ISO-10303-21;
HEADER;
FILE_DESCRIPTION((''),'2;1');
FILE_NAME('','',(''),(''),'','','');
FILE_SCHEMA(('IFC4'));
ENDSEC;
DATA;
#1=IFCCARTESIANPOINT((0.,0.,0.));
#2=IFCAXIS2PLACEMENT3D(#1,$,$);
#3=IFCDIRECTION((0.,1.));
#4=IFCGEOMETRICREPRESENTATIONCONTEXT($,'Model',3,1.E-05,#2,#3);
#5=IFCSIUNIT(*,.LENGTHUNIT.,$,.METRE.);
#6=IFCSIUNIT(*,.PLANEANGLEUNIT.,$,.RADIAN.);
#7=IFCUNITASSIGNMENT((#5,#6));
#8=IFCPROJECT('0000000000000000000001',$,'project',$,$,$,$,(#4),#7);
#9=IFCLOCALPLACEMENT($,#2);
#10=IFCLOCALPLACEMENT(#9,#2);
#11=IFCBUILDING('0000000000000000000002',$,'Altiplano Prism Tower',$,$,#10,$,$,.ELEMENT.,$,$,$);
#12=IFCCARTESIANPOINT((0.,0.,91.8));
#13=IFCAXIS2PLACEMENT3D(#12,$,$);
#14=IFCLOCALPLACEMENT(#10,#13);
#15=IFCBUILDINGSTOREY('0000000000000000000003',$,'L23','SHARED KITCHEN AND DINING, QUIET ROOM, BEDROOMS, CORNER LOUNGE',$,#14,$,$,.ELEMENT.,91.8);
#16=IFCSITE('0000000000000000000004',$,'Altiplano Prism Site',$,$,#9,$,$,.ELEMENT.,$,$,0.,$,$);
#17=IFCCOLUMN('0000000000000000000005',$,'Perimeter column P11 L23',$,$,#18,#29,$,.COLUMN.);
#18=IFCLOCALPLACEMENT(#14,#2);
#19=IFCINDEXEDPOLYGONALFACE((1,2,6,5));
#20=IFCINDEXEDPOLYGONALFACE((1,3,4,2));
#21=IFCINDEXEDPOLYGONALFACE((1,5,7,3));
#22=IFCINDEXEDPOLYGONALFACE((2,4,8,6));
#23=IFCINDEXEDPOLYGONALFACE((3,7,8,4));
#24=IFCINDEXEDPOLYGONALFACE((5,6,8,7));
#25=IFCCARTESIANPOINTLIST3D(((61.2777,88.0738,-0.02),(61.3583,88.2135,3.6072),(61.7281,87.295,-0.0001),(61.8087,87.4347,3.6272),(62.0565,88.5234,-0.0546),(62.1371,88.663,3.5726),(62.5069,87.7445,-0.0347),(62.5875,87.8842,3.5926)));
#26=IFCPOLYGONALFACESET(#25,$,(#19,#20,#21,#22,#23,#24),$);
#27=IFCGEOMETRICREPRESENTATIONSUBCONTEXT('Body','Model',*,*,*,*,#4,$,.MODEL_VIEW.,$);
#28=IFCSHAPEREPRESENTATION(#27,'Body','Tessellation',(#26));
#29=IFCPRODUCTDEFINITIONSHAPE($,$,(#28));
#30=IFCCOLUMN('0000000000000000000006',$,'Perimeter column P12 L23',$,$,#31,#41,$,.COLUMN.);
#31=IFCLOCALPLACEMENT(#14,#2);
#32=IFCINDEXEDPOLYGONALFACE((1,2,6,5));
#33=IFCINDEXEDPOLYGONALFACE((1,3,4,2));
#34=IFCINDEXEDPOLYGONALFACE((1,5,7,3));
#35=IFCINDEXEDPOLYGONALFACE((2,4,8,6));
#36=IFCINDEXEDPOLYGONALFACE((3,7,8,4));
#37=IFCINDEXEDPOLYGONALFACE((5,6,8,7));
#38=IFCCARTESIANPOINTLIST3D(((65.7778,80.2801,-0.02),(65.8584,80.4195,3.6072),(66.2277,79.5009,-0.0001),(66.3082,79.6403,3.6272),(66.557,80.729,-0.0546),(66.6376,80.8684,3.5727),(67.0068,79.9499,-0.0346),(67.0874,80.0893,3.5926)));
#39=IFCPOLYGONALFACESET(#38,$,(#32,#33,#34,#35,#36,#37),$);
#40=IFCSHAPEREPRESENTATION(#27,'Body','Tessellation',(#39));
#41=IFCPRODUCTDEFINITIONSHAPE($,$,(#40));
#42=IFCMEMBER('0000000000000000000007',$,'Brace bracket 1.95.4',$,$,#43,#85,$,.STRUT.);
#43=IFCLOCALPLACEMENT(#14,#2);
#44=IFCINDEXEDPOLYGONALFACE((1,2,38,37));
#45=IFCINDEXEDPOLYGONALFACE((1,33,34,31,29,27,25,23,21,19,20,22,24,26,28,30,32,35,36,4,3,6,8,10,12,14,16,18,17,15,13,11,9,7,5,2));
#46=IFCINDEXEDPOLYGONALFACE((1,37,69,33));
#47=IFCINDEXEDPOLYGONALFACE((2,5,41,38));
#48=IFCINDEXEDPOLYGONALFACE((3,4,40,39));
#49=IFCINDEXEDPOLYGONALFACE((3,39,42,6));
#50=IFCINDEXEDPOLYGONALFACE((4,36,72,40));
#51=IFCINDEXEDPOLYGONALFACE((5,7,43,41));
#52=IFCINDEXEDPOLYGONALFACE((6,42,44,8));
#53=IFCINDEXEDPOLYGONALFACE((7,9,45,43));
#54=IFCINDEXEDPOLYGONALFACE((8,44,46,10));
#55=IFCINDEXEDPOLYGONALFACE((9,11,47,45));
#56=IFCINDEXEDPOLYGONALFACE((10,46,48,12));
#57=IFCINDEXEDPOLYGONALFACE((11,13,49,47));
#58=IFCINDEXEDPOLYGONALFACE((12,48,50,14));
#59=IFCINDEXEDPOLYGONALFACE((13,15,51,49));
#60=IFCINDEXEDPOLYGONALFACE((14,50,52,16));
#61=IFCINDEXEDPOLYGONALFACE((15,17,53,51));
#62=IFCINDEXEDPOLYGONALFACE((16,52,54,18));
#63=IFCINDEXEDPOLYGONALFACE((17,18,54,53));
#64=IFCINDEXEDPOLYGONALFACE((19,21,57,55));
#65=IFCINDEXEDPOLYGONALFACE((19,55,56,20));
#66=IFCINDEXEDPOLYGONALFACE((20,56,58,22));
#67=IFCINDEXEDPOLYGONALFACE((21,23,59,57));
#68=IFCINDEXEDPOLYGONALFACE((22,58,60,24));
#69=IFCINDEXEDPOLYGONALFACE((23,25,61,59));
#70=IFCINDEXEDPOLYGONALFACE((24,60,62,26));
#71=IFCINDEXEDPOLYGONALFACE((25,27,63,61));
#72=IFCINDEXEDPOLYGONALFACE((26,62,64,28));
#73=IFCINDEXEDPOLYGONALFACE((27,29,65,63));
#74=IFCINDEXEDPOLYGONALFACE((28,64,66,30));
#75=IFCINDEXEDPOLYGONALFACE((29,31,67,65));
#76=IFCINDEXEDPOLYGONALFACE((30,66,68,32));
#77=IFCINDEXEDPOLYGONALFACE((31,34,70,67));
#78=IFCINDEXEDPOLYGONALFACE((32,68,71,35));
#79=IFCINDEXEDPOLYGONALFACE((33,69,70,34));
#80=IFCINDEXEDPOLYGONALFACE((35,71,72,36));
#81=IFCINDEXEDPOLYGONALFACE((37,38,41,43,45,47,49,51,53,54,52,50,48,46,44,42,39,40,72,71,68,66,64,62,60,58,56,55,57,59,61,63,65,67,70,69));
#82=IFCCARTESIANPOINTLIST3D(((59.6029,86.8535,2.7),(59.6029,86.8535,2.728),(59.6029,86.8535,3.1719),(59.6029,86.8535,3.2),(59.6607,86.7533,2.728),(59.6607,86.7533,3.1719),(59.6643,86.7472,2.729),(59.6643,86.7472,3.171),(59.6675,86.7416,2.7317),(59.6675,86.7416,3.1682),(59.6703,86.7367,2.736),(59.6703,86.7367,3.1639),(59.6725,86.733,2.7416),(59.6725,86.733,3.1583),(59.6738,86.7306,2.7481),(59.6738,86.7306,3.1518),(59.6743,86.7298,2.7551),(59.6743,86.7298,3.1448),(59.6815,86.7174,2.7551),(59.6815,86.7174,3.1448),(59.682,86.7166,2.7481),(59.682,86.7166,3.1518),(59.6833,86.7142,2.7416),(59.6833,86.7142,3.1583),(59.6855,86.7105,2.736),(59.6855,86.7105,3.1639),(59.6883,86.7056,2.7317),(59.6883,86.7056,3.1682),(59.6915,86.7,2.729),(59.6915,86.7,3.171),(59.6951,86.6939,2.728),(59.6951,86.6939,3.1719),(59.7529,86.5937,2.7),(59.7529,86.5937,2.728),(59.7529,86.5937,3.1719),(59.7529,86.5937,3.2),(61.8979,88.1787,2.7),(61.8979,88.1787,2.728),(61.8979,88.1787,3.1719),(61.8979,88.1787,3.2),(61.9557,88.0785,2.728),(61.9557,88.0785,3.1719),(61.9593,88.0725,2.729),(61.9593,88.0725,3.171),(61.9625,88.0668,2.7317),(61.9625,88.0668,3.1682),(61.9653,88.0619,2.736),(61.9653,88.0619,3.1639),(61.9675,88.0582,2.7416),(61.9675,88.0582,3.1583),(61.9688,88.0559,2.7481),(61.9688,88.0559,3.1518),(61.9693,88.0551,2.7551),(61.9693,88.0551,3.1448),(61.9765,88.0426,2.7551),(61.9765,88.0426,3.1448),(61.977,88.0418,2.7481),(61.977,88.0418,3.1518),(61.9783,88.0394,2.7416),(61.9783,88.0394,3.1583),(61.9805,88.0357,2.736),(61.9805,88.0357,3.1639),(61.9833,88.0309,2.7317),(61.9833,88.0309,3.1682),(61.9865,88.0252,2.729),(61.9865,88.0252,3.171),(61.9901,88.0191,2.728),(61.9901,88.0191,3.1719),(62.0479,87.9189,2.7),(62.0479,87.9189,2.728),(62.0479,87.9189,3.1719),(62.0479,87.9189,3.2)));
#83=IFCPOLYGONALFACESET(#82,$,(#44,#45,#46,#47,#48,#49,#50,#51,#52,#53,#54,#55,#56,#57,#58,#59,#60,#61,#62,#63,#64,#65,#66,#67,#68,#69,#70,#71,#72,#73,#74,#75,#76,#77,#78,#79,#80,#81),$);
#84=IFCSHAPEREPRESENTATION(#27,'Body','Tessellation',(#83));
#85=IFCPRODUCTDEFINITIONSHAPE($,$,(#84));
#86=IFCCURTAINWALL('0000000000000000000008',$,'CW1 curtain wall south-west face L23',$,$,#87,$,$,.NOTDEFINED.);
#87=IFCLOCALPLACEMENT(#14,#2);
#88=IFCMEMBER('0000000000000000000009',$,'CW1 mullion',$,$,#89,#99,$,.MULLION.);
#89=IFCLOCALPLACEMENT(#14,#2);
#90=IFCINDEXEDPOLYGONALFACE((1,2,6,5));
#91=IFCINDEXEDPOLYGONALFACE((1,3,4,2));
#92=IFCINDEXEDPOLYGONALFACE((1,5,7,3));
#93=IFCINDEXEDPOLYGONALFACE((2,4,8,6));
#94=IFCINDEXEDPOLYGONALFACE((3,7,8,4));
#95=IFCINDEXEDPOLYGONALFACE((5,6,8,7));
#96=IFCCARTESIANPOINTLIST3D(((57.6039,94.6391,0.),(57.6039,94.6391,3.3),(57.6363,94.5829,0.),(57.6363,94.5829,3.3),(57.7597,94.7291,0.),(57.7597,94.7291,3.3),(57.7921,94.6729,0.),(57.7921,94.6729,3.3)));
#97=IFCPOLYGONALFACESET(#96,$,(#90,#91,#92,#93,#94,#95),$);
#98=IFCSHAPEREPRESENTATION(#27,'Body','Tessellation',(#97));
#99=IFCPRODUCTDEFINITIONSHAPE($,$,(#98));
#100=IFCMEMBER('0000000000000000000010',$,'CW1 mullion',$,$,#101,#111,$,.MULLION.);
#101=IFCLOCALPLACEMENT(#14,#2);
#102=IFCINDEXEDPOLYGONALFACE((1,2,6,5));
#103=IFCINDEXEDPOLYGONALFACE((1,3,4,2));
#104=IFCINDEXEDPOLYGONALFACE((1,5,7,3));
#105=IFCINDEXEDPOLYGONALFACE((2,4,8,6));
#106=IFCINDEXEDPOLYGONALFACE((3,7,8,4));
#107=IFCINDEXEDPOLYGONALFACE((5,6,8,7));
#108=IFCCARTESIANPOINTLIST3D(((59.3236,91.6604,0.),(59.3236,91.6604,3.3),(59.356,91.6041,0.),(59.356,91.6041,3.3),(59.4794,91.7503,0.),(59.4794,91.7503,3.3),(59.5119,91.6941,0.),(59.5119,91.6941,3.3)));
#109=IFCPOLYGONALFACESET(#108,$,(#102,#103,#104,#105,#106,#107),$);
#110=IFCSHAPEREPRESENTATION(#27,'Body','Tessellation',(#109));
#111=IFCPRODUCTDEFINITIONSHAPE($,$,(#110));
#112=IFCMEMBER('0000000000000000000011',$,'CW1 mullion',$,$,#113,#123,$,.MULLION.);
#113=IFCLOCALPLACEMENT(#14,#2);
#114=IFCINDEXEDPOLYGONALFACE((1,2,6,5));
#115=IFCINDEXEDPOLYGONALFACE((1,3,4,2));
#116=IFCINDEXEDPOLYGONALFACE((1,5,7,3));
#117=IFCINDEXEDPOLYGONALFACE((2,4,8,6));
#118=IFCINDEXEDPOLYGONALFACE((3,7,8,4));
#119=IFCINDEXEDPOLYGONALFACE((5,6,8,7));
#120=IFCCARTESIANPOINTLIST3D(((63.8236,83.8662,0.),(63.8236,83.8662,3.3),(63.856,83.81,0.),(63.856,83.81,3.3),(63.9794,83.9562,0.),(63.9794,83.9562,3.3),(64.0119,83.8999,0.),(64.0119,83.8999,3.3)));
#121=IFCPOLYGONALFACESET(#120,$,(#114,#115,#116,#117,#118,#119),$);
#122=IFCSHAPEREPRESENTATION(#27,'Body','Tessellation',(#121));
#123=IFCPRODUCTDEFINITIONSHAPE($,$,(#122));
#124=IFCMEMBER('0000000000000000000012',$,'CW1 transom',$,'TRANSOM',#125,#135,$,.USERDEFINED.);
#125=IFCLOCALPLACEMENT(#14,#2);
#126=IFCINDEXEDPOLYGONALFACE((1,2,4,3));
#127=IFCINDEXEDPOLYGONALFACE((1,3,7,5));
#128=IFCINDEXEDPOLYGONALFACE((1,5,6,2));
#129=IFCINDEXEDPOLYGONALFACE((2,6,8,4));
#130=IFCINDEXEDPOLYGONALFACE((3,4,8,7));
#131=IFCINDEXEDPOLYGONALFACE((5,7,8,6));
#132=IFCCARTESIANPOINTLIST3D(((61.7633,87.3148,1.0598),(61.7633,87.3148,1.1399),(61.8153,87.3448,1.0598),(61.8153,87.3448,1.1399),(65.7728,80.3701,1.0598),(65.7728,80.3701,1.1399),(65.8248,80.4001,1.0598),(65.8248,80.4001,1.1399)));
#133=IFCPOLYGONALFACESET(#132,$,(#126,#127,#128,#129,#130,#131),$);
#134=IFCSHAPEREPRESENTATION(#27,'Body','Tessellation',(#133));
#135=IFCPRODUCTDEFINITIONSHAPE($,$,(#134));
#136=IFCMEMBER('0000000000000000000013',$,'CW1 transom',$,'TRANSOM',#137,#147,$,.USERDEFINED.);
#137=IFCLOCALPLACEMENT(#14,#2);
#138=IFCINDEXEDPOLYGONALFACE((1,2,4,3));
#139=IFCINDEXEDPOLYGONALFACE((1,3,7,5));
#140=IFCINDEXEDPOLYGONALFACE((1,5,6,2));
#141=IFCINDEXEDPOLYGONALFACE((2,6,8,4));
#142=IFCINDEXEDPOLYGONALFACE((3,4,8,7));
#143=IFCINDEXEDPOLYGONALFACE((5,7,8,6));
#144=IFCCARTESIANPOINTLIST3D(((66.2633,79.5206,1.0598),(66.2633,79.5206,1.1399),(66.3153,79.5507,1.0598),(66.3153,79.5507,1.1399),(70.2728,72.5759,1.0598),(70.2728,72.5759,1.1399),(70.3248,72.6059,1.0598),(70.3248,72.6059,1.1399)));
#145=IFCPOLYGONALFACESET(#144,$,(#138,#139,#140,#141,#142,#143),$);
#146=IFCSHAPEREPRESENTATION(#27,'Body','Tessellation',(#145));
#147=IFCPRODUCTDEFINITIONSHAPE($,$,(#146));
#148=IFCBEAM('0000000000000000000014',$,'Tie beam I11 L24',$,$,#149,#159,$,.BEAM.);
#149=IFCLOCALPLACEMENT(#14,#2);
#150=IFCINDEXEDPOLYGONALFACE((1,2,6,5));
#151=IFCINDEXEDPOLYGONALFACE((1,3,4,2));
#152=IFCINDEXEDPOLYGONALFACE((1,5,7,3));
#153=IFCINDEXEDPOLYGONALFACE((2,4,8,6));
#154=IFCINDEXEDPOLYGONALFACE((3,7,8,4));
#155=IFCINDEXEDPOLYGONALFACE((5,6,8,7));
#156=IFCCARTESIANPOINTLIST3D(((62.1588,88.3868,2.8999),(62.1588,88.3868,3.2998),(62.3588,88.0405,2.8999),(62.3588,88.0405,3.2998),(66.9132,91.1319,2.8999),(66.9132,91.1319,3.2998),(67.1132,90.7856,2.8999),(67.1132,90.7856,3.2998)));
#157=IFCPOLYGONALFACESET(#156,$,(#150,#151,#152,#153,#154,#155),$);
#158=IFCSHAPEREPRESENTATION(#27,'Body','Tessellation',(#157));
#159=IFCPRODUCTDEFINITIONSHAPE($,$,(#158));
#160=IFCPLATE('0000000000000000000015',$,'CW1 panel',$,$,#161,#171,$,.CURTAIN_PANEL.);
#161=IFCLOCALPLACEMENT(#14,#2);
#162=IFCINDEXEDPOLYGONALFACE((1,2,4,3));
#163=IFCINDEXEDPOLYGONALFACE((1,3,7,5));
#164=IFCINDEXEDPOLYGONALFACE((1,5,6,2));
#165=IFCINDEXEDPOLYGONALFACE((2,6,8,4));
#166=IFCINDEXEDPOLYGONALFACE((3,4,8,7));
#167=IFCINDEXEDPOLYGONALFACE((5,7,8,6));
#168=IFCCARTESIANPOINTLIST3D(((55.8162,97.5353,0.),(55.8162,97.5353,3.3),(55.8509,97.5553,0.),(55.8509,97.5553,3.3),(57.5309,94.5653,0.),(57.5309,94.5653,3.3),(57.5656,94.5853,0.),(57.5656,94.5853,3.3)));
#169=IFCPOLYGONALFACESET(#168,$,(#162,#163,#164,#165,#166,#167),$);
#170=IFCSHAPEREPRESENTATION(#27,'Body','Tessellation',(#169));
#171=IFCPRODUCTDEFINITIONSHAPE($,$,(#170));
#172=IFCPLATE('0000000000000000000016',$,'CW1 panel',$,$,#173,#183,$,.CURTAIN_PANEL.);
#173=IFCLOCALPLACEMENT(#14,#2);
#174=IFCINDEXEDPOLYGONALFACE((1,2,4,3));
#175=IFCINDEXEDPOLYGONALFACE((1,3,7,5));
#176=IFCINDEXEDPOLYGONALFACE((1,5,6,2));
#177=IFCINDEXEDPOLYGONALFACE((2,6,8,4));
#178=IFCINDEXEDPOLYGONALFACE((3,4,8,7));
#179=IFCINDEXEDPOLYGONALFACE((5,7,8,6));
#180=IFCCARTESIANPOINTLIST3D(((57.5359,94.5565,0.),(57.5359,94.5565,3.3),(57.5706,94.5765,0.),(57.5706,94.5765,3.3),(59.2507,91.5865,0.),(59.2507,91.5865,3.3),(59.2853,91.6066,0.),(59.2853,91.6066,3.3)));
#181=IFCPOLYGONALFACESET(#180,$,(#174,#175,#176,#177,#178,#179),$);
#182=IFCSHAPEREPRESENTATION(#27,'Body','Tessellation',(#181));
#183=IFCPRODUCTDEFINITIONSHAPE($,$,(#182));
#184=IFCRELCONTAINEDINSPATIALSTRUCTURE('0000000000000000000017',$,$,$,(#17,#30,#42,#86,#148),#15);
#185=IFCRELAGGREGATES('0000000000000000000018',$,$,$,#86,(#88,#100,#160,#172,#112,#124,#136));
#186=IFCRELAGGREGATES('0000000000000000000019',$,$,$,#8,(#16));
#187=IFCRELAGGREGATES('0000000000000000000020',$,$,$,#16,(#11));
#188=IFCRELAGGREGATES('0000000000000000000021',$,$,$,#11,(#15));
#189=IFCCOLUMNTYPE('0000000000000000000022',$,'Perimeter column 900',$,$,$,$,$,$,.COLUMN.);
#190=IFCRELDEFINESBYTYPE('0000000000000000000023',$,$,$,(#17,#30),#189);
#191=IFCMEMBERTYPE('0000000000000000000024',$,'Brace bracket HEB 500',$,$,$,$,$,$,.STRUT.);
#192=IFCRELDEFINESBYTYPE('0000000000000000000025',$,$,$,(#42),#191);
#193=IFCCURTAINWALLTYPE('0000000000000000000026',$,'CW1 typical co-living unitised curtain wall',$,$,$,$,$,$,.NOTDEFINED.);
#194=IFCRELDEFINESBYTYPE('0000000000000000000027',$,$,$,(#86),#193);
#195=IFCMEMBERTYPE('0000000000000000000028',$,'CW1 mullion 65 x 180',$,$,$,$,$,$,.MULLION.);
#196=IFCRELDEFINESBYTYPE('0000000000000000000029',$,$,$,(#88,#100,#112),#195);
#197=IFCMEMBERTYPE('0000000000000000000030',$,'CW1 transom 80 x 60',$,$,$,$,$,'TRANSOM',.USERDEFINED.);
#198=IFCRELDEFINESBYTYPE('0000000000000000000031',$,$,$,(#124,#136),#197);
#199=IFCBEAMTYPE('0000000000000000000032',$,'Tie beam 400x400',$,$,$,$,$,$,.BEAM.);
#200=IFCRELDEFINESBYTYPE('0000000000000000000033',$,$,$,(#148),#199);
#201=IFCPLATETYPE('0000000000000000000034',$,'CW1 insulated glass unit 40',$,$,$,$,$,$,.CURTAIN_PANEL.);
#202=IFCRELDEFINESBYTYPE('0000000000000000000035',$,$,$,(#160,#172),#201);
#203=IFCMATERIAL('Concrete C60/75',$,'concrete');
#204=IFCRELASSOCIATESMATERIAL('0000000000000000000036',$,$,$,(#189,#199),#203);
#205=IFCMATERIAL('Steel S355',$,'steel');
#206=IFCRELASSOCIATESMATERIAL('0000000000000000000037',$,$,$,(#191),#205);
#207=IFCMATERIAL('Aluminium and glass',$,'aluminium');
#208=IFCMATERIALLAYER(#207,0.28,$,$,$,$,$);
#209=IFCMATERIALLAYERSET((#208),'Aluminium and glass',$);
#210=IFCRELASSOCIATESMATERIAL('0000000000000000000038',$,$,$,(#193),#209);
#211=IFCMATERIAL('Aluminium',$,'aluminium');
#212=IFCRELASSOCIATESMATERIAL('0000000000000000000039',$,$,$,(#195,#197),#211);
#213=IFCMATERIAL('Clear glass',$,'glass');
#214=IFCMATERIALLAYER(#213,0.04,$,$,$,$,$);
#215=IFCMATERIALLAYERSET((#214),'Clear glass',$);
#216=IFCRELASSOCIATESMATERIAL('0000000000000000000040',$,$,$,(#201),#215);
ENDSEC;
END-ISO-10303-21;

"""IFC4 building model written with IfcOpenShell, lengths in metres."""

from ifc_helpers import new_model, si_unit, direction, frame, origin, origin_2d, place, context, subcontext, project, spatial, rectangle, i_section, extrude, material, layer, layer_set, material_profile, profile_set, type_object, element, aggregate, save


model = new_model("IFC4")

# Units and contexts
model_context = context("Model", 3, precision=1e-05, world=origin(), true_north=direction((0.0, 1.0)))
body_context = subcontext(model_context, "Body", "Model", "MODEL_VIEW")
ifc_project = project(units=[si_unit("LENGTHUNIT", "METRE"), si_unit("PLANEANGLEUNIT", "RADIAN")], contexts=[model_context])

# Site, building, storey
site_placement = place(None, origin())
site = spatial("IfcSite", under=ifc_project, at=site_placement, Name="Altiplano Prism Site", CompositionType="ELEMENT", RefElevation=0.0)
building_placement = place(site_placement, origin())
building = spatial("IfcBuilding", under=site, at=building_placement, Name="Altiplano Prism Tower", CompositionType="ELEMENT")
storey_placement = place(building_placement, frame((0.0, 0.0, 91.8)))
storey = spatial("IfcBuildingStorey", under=building, at=storey_placement, Name="L23", Description="SHARED KITCHEN AND DINING, QUIET ROOM, BEDROOMS, CORNER LOUNGE", CompositionType="ELEMENT", Elevation=91.8)

# Columns
ifc_material_1 = material(Name="Concrete C60/75", Category="concrete")
ifc_material_profile_1 = material_profile(ifc_material_1, rectangle(XDim=0.8999, YDim=0.8999, at=origin_2d()), Name="Perimeter column 900")
ifc_profile_set_1 = profile_set([ifc_material_profile_1], Name="Concrete C60/75")
column_type = type_object("IfcColumnType", Name="Perimeter column 900", PredefinedType="COLUMN", material=ifc_profile_set_1)
for number, where, z_axis, x_axis, name in (
    (1, (61.8923, 87.9092, -0.0273), (0.02219, 0.038462, 0.999014), (-0.86544, -0.499534, 0.038455), "Perimeter column P11 L23"),
    (2, (66.3923, 80.115, -0.0273), (0.02219, 0.038395, 0.999016), (-0.865818, -0.498883, 0.038405), "Perimeter column P12 L23"),
):
    element("IfcColumn", number, at=place(storey_placement, frame(where, z_axis=z_axis, x_axis=x_axis)), inside=storey, type_object=column_type, Name=name, PredefinedType="COLUMN", context=body_context, shape_type="SweptSolid", body=[
        extrude(rectangle(XDim=0.8999, YDim=0.8999, at=origin_2d()), origin(), (0.0, 0.0, 1.0), 3.6309),
    ])

# Member
ifc_material_2 = material(Name="Steel S355", Category="steel")
ifc_material_profile_2 = material_profile(ifc_material_2, i_section(OverallWidth=0.3, OverallDepth=0.5, WebThickness=0.0144, FlangeThickness=0.0281, FilletRadius=0.0271, at=origin_2d()), Name="Brace bracket HEB 500")
ifc_profile_set_2 = profile_set([ifc_material_profile_2], Name="Steel S355")
member_type_1 = type_object("IfcMemberType", Name="Brace bracket HEB 500", PredefinedType="STRUT", material=ifc_profile_set_2)
member_1_placement = place(storey_placement, frame((61.9729, 88.0488, 2.95), z_axis=(-0.865989, -0.500063, 0.0), x_axis=(0.500063, -0.865989, 0.0)))
element("IfcMember", 3, at=member_1_placement, inside=storey, type_object=member_type_1, Name="Brace bracket 1.95.4", PredefinedType="STRUT", context=body_context, shape_type="SweptSolid", body=[
    extrude(i_section(OverallWidth=0.3, OverallDepth=0.5, WebThickness=0.0144, FlangeThickness=0.0281, FilletRadius=0.0271, at=origin_2d()), origin(), (0.0, 0.0, 1.0), 2.6501),
])

# Curtain wall, members
ifc_material_3 = material(Name="Aluminium and glass", Category="aluminium")
ifc_layer_1 = layer(ifc_material_3, 0.28)
ifc_layer_set_1 = layer_set([ifc_layer_1], Name="Aluminium and glass")
curtain_wall_type = type_object("IfcCurtainWallType", Name="CW1 typical co-living unitised curtain wall", PredefinedType="NOTDEFINED", material=ifc_layer_set_1)
curtain_wall_placement = place(storey_placement, origin())
curtain_wall = element("IfcCurtainWall", 4, at=curtain_wall_placement, inside=storey, type_object=curtain_wall_type, Name="CW1 curtain wall south-west face L23", PredefinedType="NOTDEFINED")
ifc_material_4 = material(Name="Aluminium", Category="aluminium")
ifc_material_profile_3 = material_profile(ifc_material_4, rectangle(XDim=0.1799, YDim=0.0649, at=origin_2d()), Name="CW1 mullion 65 x 180")
ifc_profile_set_3 = profile_set([ifc_material_profile_3], Name="Aluminium")
member_type_2 = type_object("IfcMemberType", Name="CW1 mullion 65 x 180", PredefinedType="MULLION", material=ifc_profile_set_3)
member_2_placement = place(storey_placement, frame((57.698, 94.656, 0.0), z_axis=(0.0, 0.0, 1.0), x_axis=(0.866025, 0.5, 0.0)))
member_2 = element("IfcMember", 5, at=member_2_placement, type_object=member_type_2, Name="CW1 mullion", PredefinedType="MULLION", context=body_context, shape_type="SweptSolid", body=[
    extrude(rectangle(XDim=0.1799, YDim=0.0649, at=origin_2d()), origin(), (0.0, 0.0, 1.0), 3.3),
])
member_3_placement = place(storey_placement, frame((59.4177, 91.6772, 0.0), z_axis=(0.0, 0.0, 1.0), x_axis=(0.866025, 0.5, 0.0)))
member_3 = element("IfcMember", 6, at=member_3_placement, type_object=member_type_2, Name="CW1 mullion", PredefinedType="MULLION", context=body_context, shape_type="SweptSolid", body=[
    extrude(rectangle(XDim=0.1799, YDim=0.0649, at=origin_2d()), origin(), (0.0, 0.0, 1.0), 3.3),
])
member_4_placement = place(storey_placement, frame((63.9177, 83.8831, 0.0), z_axis=(0.0, 0.0, 1.0), x_axis=(0.866025, 0.5, 0.0)))
member_4 = element("IfcMember", 7, at=member_4_placement, type_object=member_type_2, Name="CW1 mullion", PredefinedType="MULLION", context=body_context, shape_type="SweptSolid", body=[
    extrude(rectangle(XDim=0.1799, YDim=0.0649, at=origin_2d()), origin(), (0.0, 0.0, 1.0), 3.3),
])
ifc_material_profile_4 = material_profile(ifc_material_4, rectangle(XDim=0.0601, YDim=0.0801, at=origin_2d()), Name="CW1 transom 80 x 60")
ifc_profile_set_4 = profile_set([ifc_material_profile_4], Name="Aluminium")
member_type_3 = type_object("IfcMemberType", Name="CW1 transom 80 x 60", ElementType="TRANSOM", PredefinedType="USERDEFINED", material=ifc_profile_set_4)
member_5_placement = place(storey_placement, frame((61.7893, 87.3298, 1.0999), z_axis=(0.499993, -0.866029, 0.0), x_axis=(0.866029, 0.499993, 0.0)))
member_5 = element("IfcMember", 8, at=member_5_placement, type_object=member_type_3, Name="CW1 transom", ObjectType="TRANSOM", PredefinedType="USERDEFINED", context=body_context, shape_type="SweptSolid", body=[
    extrude(rectangle(XDim=0.0601, YDim=0.0801, at=origin_2d()), origin(), (0.0, 0.0, 1.0), 8.019),
])
member_6_placement = place(storey_placement, frame((66.2893, 79.5356, 1.0999), z_axis=(0.499993, -0.866029, 0.0), x_axis=(0.866029, 0.499993, 0.0)))
member_6 = element("IfcMember", 9, at=member_6_placement, type_object=member_type_3, Name="CW1 transom", ObjectType="TRANSOM", PredefinedType="USERDEFINED", context=body_context, shape_type="SweptSolid", body=[
    extrude(rectangle(XDim=0.0601, YDim=0.0801, at=origin_2d()), origin(), (0.0, 0.0, 1.0), 8.019),
])

# Beam
ifc_material_profile_5 = material_profile(ifc_material_1, rectangle(XDim=0.3999, YDim=0.3999, at=origin_2d()), Name="Tie beam 400x400")
ifc_profile_set_5 = profile_set([ifc_material_profile_5], Name="Concrete C60/75")
beam_type = type_object("IfcBeamType", Name="Tie beam 400x400", PredefinedType="BEAM", material=ifc_profile_set_5)
beam_placement = place(storey_placement, frame((67.0132, 90.9587, 3.0999), z_axis=(-0.866012, -0.500023, 0.0), x_axis=(0.500023, -0.866012, 0.0)))
element("IfcBeam", 10, at=beam_placement, inside=storey, type_object=beam_type, Name="Tie beam I11 L24", PredefinedType="BEAM", context=body_context, shape_type="SweptSolid", body=[
    extrude(rectangle(XDim=0.3999, YDim=0.3999, at=origin_2d()), origin(), (0.0, 0.0, 1.0), 5.49),
])

# Plates
ifc_material_5 = material(Name="Clear glass", Category="glass")
ifc_layer_2 = layer(ifc_material_5, 0.04)
ifc_layer_set_2 = layer_set([ifc_layer_2], Name="Clear glass")
plate_type = type_object("IfcPlateType", Name="CW1 insulated glass unit 40", PredefinedType="CURTAIN_PANEL", material=ifc_layer_set_2)
plate_1_placement = place(storey_placement, frame((56.6909, 96.0603, 0.0), z_axis=(0.0, 0.0, 1.0), x_axis=(0.5, -0.866025, 0.0)))
plate_1 = element("IfcPlate", 11, at=plate_1_placement, type_object=plate_type, Name="CW1 panel", PredefinedType="CURTAIN_PANEL", context=body_context, shape_type="SweptSolid", body=[
    extrude(rectangle(XDim=3.4294, YDim=0.04, at=origin_2d()), origin(), (0.0, 0.0, 1.0), 3.3),
])
plate_2_placement = place(storey_placement, frame((58.4106, 93.0815, 0.0), z_axis=(0.0, 0.0, 1.0), x_axis=(0.5, -0.866025, 0.0)))
plate_2 = element("IfcPlate", 12, at=plate_2_placement, type_object=plate_type, Name="CW1 panel", PredefinedType="CURTAIN_PANEL", context=body_context, shape_type="SweptSolid", body=[
    extrude(rectangle(XDim=3.4294, YDim=0.04, at=origin_2d()), origin(), (0.0, 0.0, 1.0), 3.3),
])
aggregate(curtain_wall, [member_2, member_3, plate_1, plate_2, member_4, member_5, member_6])

save(model, "model.ifc")
